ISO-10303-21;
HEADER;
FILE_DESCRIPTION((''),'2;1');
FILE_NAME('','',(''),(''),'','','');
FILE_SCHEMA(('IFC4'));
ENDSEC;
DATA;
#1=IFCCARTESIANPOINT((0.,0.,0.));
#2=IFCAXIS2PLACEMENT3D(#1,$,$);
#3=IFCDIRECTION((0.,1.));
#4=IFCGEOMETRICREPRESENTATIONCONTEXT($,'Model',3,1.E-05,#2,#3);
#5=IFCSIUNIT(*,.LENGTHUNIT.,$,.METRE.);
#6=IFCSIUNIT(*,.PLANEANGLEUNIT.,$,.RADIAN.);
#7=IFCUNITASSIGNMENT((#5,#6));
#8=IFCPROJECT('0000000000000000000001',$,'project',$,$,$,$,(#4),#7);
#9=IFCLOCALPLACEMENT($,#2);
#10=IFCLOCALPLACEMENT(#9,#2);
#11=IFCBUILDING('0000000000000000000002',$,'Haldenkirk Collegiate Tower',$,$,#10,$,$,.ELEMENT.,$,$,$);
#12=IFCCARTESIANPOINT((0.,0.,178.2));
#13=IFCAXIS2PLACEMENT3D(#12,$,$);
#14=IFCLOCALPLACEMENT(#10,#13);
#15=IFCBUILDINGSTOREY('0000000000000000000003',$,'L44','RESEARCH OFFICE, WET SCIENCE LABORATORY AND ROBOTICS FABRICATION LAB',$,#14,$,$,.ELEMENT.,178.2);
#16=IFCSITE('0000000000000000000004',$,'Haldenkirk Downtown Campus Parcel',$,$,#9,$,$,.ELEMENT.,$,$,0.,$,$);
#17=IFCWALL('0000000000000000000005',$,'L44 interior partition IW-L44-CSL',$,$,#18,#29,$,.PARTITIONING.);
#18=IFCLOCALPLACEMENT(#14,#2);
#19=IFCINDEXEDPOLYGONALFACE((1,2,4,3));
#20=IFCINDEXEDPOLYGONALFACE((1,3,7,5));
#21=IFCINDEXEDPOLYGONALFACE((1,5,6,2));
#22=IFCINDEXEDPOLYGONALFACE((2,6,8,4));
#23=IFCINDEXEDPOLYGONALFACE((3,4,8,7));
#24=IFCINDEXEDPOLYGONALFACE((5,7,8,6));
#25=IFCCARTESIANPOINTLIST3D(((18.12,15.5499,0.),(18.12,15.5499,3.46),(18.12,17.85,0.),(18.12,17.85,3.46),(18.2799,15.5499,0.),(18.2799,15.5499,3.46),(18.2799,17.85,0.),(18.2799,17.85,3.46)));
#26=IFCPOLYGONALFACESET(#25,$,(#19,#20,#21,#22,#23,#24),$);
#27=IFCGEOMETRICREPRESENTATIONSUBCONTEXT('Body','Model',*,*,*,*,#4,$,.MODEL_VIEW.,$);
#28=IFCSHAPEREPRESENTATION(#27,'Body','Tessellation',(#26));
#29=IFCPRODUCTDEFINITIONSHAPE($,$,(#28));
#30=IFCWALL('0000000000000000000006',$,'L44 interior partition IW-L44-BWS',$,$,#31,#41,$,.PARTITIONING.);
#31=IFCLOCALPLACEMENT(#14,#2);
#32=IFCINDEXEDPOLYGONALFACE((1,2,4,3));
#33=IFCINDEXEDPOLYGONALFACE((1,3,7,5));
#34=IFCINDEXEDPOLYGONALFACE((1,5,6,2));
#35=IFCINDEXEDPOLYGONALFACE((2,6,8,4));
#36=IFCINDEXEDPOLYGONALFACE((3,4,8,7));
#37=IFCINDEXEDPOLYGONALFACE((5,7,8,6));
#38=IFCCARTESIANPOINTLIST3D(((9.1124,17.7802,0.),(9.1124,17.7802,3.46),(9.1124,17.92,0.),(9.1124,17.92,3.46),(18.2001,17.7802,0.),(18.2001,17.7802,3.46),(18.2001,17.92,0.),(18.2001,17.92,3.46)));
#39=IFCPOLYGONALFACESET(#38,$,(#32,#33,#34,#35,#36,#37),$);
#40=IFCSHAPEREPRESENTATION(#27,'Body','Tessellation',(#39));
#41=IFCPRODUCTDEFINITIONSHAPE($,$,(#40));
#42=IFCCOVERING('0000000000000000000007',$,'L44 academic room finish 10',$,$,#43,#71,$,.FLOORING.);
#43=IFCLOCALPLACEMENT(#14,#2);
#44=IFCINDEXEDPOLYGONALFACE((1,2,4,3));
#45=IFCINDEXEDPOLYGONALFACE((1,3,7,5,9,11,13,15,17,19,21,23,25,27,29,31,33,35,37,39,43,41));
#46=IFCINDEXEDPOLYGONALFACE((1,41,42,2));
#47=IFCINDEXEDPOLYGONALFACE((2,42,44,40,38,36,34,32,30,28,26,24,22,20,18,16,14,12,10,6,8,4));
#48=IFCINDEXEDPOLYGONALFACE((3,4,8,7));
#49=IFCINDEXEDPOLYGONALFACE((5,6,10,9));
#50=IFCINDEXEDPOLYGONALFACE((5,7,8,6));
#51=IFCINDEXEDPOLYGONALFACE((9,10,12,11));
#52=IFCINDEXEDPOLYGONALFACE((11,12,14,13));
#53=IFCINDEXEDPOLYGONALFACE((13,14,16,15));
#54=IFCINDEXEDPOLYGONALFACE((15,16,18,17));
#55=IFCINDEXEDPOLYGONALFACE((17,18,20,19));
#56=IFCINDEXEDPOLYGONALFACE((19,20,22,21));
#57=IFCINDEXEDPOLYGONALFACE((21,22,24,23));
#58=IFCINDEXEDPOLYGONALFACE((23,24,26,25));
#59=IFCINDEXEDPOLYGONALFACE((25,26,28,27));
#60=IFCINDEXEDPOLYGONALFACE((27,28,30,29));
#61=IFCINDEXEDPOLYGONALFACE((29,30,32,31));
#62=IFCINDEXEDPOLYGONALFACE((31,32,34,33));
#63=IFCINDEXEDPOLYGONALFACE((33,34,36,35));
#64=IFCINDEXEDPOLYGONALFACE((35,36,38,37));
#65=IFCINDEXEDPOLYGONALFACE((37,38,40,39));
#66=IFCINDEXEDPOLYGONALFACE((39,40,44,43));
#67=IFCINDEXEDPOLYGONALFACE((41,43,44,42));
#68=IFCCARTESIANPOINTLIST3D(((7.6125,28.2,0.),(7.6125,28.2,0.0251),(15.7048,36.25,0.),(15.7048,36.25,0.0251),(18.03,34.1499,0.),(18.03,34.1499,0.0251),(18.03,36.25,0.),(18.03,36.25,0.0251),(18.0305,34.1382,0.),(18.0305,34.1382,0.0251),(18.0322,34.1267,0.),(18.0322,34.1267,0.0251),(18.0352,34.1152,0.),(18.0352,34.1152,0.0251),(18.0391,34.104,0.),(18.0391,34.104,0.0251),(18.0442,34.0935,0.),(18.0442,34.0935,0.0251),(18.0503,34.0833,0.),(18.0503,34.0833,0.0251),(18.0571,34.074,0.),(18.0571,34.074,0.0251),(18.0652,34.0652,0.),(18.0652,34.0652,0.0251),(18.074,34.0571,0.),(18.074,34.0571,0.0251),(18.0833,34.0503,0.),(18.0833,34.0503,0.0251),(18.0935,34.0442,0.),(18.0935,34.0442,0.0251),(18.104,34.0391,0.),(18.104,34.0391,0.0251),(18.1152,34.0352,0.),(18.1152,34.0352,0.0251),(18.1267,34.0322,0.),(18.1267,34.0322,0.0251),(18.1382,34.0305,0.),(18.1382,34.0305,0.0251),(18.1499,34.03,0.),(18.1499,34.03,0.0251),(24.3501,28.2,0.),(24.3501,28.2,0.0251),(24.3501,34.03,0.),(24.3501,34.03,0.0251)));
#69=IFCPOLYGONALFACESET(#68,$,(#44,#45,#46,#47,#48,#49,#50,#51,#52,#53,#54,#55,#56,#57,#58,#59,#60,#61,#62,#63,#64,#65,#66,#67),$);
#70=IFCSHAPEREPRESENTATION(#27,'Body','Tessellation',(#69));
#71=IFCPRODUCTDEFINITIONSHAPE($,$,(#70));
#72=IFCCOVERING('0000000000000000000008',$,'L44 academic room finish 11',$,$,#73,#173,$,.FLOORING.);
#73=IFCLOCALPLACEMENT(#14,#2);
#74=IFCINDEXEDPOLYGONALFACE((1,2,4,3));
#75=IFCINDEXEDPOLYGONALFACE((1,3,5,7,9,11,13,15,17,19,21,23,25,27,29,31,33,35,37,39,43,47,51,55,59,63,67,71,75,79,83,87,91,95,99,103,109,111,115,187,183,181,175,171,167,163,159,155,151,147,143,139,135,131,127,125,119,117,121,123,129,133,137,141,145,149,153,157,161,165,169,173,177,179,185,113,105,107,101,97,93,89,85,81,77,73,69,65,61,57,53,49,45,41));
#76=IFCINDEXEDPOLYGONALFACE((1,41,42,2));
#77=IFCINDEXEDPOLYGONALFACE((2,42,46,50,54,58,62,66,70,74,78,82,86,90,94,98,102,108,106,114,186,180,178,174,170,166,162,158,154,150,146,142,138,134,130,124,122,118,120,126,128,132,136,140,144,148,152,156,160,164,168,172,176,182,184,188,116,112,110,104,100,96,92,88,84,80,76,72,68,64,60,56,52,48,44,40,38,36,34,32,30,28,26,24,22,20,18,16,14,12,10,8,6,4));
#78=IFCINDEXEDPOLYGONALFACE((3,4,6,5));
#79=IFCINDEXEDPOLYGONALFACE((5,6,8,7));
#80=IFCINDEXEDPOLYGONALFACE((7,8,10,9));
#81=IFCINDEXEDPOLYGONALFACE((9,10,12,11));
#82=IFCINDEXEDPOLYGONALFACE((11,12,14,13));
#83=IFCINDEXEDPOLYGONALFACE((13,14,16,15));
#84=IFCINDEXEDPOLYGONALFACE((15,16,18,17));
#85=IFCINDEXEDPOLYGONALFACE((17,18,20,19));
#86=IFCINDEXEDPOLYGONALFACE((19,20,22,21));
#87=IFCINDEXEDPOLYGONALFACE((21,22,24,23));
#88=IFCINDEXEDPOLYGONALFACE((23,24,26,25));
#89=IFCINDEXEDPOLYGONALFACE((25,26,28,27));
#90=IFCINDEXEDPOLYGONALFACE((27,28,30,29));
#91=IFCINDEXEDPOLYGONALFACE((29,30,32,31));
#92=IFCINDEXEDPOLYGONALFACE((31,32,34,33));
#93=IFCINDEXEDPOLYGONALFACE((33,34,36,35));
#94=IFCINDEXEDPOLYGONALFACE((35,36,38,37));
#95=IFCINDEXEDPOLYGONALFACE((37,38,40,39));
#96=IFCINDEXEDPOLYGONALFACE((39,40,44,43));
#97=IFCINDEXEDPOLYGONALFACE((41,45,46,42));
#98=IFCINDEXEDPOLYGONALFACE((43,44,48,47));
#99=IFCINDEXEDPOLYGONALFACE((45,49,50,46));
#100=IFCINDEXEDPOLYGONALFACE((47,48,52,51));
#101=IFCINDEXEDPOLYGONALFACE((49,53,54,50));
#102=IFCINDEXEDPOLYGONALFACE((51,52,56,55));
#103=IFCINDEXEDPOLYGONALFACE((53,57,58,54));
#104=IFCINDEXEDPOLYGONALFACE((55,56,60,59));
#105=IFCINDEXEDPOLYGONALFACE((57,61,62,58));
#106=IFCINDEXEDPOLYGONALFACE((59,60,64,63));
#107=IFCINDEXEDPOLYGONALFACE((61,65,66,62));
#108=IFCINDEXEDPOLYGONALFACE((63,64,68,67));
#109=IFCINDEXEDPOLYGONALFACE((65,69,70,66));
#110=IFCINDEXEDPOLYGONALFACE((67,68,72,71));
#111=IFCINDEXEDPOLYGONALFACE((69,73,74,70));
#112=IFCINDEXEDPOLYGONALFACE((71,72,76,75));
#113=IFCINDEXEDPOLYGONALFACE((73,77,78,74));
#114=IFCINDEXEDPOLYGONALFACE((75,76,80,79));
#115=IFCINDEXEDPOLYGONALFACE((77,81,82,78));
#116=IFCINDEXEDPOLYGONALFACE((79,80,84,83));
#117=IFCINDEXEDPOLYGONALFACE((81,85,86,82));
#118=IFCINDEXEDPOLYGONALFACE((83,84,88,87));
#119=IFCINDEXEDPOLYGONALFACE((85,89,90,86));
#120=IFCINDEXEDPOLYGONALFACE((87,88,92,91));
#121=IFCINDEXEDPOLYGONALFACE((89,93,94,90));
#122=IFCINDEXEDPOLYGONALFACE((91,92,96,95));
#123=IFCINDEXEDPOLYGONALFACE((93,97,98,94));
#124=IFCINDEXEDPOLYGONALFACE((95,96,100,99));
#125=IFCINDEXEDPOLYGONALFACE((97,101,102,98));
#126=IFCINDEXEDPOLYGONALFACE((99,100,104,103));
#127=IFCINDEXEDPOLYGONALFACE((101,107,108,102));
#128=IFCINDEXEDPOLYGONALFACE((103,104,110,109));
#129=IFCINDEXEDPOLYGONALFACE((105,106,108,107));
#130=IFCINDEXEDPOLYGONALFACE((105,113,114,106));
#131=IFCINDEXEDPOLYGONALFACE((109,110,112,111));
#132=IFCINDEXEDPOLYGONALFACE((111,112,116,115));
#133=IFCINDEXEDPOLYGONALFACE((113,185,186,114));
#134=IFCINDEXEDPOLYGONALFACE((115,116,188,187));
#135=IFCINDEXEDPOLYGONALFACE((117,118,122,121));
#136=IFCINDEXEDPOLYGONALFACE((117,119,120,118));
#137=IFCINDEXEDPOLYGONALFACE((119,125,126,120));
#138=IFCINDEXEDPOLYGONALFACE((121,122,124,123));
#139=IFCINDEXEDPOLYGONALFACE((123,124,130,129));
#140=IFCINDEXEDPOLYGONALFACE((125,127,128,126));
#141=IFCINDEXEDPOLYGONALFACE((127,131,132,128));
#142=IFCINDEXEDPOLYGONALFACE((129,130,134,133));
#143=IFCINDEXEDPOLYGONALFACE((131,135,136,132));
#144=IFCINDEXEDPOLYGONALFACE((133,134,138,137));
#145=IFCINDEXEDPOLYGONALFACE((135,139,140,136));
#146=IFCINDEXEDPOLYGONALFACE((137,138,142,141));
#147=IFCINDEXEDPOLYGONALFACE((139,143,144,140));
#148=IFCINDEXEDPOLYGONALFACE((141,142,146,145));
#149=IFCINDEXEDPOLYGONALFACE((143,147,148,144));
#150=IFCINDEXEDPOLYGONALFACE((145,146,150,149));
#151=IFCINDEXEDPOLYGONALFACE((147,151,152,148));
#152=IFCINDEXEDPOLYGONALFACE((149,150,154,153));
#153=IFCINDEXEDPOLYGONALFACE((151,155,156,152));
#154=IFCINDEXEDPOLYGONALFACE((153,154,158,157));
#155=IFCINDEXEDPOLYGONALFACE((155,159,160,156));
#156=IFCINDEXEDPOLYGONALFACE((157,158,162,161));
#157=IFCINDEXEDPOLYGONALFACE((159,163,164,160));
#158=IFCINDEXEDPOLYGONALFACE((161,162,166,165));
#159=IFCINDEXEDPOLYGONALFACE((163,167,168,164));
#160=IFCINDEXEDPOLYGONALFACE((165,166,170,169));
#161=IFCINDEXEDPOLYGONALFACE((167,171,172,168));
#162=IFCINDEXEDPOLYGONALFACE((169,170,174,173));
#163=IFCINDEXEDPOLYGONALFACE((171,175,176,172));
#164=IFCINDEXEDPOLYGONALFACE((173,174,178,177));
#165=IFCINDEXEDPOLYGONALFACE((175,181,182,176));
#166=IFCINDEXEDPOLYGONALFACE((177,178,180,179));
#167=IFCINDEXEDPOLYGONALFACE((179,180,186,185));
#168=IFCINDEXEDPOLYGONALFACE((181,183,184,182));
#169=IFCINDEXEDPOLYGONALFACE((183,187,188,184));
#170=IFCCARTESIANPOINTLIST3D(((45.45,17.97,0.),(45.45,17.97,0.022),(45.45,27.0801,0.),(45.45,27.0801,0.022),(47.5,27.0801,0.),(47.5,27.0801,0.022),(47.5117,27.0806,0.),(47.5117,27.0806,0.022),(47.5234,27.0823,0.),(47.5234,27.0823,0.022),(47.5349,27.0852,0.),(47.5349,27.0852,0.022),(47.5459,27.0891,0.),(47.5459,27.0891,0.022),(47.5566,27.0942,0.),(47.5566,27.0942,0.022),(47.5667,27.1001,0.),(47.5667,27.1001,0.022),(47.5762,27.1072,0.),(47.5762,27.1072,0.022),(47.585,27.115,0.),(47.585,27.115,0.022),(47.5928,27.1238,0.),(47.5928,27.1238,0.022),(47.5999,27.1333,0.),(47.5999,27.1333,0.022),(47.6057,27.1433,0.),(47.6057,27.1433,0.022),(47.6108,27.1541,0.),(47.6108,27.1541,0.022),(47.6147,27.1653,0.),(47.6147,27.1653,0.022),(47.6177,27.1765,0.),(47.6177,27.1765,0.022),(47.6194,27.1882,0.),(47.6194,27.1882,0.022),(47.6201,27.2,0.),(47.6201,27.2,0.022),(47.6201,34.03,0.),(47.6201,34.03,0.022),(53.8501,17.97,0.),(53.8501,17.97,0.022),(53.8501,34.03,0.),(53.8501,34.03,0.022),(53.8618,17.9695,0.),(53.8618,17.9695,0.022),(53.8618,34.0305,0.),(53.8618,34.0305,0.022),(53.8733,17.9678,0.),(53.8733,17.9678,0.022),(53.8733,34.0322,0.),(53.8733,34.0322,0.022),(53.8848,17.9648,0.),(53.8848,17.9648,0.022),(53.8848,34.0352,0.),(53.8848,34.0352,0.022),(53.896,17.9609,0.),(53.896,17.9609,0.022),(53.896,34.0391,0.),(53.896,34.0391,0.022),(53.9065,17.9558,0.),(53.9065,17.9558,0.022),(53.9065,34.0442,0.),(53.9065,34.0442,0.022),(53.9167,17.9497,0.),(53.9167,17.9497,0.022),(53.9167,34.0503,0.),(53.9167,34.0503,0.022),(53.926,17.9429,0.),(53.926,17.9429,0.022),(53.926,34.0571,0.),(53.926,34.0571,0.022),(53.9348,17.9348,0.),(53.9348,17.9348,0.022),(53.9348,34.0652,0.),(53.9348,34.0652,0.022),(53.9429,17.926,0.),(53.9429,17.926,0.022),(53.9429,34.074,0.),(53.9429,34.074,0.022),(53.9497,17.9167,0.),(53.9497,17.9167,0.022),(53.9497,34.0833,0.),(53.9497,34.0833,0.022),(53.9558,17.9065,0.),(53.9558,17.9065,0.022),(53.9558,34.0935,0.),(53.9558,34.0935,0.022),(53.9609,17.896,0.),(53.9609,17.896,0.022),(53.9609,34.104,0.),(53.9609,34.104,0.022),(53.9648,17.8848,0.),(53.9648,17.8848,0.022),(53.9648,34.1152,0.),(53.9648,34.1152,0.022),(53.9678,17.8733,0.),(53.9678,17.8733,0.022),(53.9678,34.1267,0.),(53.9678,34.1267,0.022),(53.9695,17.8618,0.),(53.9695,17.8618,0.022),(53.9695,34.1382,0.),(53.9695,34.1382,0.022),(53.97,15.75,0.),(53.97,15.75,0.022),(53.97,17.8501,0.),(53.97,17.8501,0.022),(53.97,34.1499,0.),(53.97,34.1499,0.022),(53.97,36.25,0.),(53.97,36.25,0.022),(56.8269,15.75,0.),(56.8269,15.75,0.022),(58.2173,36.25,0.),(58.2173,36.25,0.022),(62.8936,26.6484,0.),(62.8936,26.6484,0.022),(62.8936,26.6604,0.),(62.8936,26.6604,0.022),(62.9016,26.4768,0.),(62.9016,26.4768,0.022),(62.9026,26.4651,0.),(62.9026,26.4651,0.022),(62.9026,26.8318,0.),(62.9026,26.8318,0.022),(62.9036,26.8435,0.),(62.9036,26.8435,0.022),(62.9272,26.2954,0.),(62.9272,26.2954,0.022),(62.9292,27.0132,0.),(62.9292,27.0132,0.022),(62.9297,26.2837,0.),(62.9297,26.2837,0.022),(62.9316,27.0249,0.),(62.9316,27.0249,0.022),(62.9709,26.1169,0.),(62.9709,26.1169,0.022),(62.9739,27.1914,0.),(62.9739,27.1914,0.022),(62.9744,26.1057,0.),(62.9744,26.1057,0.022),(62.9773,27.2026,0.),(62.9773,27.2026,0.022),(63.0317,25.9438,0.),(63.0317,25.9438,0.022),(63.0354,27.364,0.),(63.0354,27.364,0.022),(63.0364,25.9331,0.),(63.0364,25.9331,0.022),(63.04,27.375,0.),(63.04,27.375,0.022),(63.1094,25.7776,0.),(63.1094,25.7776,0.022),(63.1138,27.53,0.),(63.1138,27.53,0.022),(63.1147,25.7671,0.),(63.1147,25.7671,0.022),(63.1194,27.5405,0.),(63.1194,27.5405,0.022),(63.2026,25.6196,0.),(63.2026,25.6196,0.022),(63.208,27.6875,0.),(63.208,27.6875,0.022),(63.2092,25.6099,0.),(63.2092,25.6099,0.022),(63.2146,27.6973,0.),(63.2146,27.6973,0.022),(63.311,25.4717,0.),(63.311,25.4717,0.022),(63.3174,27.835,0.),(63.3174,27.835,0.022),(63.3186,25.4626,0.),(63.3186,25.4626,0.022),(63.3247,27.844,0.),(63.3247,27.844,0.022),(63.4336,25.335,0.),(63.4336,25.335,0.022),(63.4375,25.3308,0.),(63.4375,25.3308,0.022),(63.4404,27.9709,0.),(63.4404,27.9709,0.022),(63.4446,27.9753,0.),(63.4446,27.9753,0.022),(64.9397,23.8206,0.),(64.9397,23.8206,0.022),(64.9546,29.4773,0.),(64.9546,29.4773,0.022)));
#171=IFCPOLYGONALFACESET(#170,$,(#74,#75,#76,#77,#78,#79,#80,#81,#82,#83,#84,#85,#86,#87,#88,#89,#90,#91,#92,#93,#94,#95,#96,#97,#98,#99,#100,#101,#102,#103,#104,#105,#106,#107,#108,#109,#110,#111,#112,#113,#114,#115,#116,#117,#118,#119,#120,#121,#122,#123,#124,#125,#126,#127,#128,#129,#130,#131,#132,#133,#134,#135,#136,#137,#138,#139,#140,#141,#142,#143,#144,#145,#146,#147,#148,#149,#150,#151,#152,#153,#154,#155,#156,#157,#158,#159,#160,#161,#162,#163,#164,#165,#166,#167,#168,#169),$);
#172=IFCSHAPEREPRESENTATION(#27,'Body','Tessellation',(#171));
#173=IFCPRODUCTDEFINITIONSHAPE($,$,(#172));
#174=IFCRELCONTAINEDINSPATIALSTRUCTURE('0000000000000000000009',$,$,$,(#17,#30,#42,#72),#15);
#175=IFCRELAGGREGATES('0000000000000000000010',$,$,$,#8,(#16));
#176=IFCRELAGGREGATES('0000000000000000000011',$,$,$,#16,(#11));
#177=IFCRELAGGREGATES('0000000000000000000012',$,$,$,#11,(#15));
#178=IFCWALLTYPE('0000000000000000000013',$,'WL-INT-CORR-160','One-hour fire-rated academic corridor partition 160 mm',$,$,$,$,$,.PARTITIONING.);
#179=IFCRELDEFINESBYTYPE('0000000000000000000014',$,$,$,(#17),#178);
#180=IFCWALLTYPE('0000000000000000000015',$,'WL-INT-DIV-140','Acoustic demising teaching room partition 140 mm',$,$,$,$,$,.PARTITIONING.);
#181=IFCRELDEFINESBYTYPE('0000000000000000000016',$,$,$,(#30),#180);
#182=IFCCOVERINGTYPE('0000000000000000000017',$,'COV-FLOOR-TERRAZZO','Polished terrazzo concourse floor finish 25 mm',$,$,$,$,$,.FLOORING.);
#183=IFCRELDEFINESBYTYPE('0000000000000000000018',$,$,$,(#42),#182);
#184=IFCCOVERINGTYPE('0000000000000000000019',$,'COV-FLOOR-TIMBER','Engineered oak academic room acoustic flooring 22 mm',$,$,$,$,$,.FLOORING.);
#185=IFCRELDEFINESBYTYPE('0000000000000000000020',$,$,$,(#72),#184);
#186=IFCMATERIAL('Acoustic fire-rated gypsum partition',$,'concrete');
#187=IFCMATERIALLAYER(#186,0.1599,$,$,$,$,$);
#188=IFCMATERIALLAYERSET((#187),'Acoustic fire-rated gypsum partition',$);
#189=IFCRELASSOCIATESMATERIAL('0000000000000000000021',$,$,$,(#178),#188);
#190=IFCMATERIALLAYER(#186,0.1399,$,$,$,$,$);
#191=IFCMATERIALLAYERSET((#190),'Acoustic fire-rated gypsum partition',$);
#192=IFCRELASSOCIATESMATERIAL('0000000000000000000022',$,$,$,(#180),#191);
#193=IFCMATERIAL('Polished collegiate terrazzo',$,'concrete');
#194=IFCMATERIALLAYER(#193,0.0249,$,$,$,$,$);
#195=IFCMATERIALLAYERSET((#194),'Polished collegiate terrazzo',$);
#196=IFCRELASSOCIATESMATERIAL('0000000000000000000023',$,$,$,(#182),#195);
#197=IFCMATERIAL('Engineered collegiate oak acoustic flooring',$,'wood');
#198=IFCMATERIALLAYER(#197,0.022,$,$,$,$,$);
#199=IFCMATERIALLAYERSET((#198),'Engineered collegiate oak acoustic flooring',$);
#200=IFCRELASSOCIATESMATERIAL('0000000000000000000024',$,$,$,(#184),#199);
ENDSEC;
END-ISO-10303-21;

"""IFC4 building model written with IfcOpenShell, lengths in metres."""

from ifc_helpers import new_model, si_unit, direction, frame, frame_2d, origin, place, context, subcontext, project, spatial, polyline, rectangle, outline, extrude, material, layer, layer_set, type_object, element, save


model = new_model("IFC4")

# Units and contexts
model_context = context("Model", 3, precision=1e-05, world=origin(), true_north=direction((0.0, 1.0)))
body_context = subcontext(model_context, "Body", "Model", "MODEL_VIEW")
ifc_project = project(units=[si_unit("LENGTHUNIT", "METRE"), si_unit("PLANEANGLEUNIT", "RADIAN")], contexts=[model_context])

# Site, building, storey
site_placement = place(None, origin())
site = spatial("IfcSite", under=ifc_project, at=site_placement, Name="Haldenkirk Downtown Campus Parcel", CompositionType="ELEMENT", RefElevation=0.0)
building_placement = place(site_placement, origin())
building = spatial("IfcBuilding", under=site, at=building_placement, Name="Haldenkirk Collegiate Tower", CompositionType="ELEMENT")
storey_placement = place(building_placement, frame((0.0, 0.0, 178.2)))
storey = spatial("IfcBuildingStorey", under=building, at=storey_placement, Name="L44", Description="RESEARCH OFFICE, WET SCIENCE LABORATORY AND ROBOTICS FABRICATION LAB", CompositionType="ELEMENT", Elevation=178.2)

# Shared definitions
ifc_material_1 = material(Name="Acoustic fire-rated gypsum partition", Category="concrete")
ifc_layer_1 = layer(ifc_material_1, 0.1599)
ifc_layer_set_1 = layer_set([ifc_layer_1], Name="Acoustic fire-rated gypsum partition")
wall_type_1 = type_object("IfcWallType", Name="WL-INT-CORR-160", Description="One-hour fire-rated academic corridor partition 160 mm", PredefinedType="PARTITIONING", material=ifc_layer_set_1)

# Walls
wall_1_placement = place(storey_placement, frame((18.2, 15.55, 0.0), z_axis=(0.0, 0.0, 1.0), x_axis=(0.0, 1.0, 0.0)))
element("IfcWall", 1, at=wall_1_placement, inside=storey, type_object=wall_type_1, Name="L44 interior partition IW-L44-CSL", PredefinedType="PARTITIONING", context=body_context, shape_type="SweptSolid", body=[
    extrude(rectangle(XDim=2.3, YDim=0.1599, at=frame_2d((1.1499, 0.0))), origin(), (0.0, 0.0, 1.0), 3.46),
])
ifc_layer_2 = layer(ifc_material_1, 0.1399)
ifc_layer_set_2 = layer_set([ifc_layer_2], Name="Acoustic fire-rated gypsum partition")
wall_type_2 = type_object("IfcWallType", Name="WL-INT-DIV-140", Description="Acoustic demising teaching room partition 140 mm", PredefinedType="PARTITIONING", material=ifc_layer_set_2)
wall_2_placement = place(storey_placement, frame((9.1123, 17.8501, 0.0), z_axis=(0.0, 0.0, 1.0), x_axis=(1.0, 0.0, 0.0)))
element("IfcWall", 2, at=wall_2_placement, inside=storey, type_object=wall_type_2, Name="L44 interior partition IW-L44-BWS", PredefinedType="PARTITIONING", context=body_context, shape_type="SweptSolid", body=[
    extrude(rectangle(XDim=9.0876, YDim=0.1399, at=frame_2d((4.5439, 0.0))), origin(), (0.0, 0.0, 1.0), 3.46),
])

# Coverings
ifc_material_2 = material(Name="Polished collegiate terrazzo", Category="concrete")
ifc_layer_3 = layer(ifc_material_2, 0.0249)
ifc_layer_set_3 = layer_set([ifc_layer_3], Name="Polished collegiate terrazzo")
covering_type_1 = type_object("IfcCoveringType", Name="COV-FLOOR-TERRAZZO", Description="Polished terrazzo concourse floor finish 25 mm", PredefinedType="FLOORING", material=ifc_layer_set_3)
covering_1_placement = place(storey_placement, origin())
element("IfcCovering", 3, at=covering_1_placement, inside=storey, type_object=covering_type_1, Name="L44 academic room finish 10", PredefinedType="FLOORING", context=body_context, shape_type="SweptSolid", body=[
    extrude(outline(polyline([(15.7048, 36.25), (18.03, 36.25), (18.03, 34.1499), (18.0305, 34.1382), (18.0322, 34.1267), (18.0352, 34.1152), (18.0391, 34.104), (18.0442, 34.0935), (18.0503, 34.0833), (18.0571, 34.074), (18.0652, 34.0652), (18.074, 34.0571), (18.0833, 34.0503), (18.0935, 34.0442), (18.104, 34.0391), (18.1152, 34.0352), (18.1267, 34.0322), (18.1382, 34.0305), (18.1499, 34.03), (24.3501, 34.03), (24.3501, 28.2), (7.6125, 28.2), (15.7048, 36.25)])), origin(), (0.0, 0.0, 1.0), 0.0251),
])
ifc_material_3 = material(Name="Engineered collegiate oak acoustic flooring", Category="wood")
ifc_layer_4 = layer(ifc_material_3, 0.022)
ifc_layer_set_4 = layer_set([ifc_layer_4], Name="Engineered collegiate oak acoustic flooring")
covering_type_2 = type_object("IfcCoveringType", Name="COV-FLOOR-TIMBER", Description="Engineered oak academic room acoustic flooring 22 mm", PredefinedType="FLOORING", material=ifc_layer_set_4)
covering_2_placement = place(storey_placement, origin())
element("IfcCovering", 4, at=covering_2_placement, inside=storey, type_object=covering_type_2, Name="L44 academic room finish 11", PredefinedType="FLOORING", context=body_context, shape_type="SweptSolid", body=[
    extrude(outline(polyline([(63.4446, 27.9753), (63.4404, 27.9709), (63.3247, 27.844), (63.3174, 27.835), (63.2146, 27.6973), (63.208, 27.6875), (63.1194, 27.5405), (63.1138, 27.53), (63.04, 27.375), (63.0354, 27.364), (62.9773, 27.2026), (62.9739, 27.1914), (62.9316, 27.0249), (62.9292, 27.0132), (62.9036, 26.8435), (62.9026, 26.8318), (62.8936, 26.6604), (62.8936, 26.6484), (62.9016, 26.4768), (62.9026, 26.4651), (62.9272, 26.2954), (62.9297, 26.2837), (62.9709, 26.1169), (62.9744, 26.1057), (63.0317, 25.9438), (63.0364, 25.9331), (63.1094, 25.7776), (63.1147, 25.7671), (63.2026, 25.6196), (63.2092, 25.6099), (63.311, 25.4717), (63.3186, 25.4626), (63.4336, 25.335), (63.4375, 25.3308), (64.9397, 23.8206), (56.8269, 15.75), (53.97, 15.75), (53.97, 17.8501), (53.9695, 17.8618), (53.9678, 17.8733), (53.9648, 17.8848), (53.9609, 17.896), (53.9558, 17.9065), (53.9497, 17.9167), (53.9429, 17.926), (53.9348, 17.9348), (53.926, 17.9429), (53.9167, 17.9497), (53.9065, 17.9558), (53.896, 17.9609), (53.8848, 17.9648), (53.8733, 17.9678), (53.8618, 17.9695), (53.8501, 17.97), (45.45, 17.97), (45.45, 27.0801), (47.5, 27.0801), (47.5117, 27.0806), (47.5234, 27.0823), (47.5349, 27.0852), (47.5459, 27.0891), (47.5566, 27.0942), (47.5667, 27.1001), (47.5762, 27.1072), (47.585, 27.115), (47.5928, 27.1238), (47.5999, 27.1333), (47.6057, 27.1433), (47.6108, 27.1541), (47.6147, 27.1653), (47.6177, 27.1765), (47.6194, 27.1882), (47.6201, 27.2), (47.6201, 34.03), (53.8501, 34.03), (53.8618, 34.0305), (53.8733, 34.0322), (53.8848, 34.0352), (53.896, 34.0391), (53.9065, 34.0442), (53.9167, 34.0503), (53.926, 34.0571), (53.9348, 34.0652), (53.9429, 34.074), (53.9497, 34.0833), (53.9558, 34.0935), (53.9609, 34.104), (53.9648, 34.1152), (53.9678, 34.1267), (53.9695, 34.1382), (53.97, 34.1499), (53.97, 36.25), (58.2173, 36.25), (64.9546, 29.4773), (63.4446, 27.9753)])), origin(), (0.0, 0.0, 1.0), 0.022),
])

save(model, "model.ifc")
